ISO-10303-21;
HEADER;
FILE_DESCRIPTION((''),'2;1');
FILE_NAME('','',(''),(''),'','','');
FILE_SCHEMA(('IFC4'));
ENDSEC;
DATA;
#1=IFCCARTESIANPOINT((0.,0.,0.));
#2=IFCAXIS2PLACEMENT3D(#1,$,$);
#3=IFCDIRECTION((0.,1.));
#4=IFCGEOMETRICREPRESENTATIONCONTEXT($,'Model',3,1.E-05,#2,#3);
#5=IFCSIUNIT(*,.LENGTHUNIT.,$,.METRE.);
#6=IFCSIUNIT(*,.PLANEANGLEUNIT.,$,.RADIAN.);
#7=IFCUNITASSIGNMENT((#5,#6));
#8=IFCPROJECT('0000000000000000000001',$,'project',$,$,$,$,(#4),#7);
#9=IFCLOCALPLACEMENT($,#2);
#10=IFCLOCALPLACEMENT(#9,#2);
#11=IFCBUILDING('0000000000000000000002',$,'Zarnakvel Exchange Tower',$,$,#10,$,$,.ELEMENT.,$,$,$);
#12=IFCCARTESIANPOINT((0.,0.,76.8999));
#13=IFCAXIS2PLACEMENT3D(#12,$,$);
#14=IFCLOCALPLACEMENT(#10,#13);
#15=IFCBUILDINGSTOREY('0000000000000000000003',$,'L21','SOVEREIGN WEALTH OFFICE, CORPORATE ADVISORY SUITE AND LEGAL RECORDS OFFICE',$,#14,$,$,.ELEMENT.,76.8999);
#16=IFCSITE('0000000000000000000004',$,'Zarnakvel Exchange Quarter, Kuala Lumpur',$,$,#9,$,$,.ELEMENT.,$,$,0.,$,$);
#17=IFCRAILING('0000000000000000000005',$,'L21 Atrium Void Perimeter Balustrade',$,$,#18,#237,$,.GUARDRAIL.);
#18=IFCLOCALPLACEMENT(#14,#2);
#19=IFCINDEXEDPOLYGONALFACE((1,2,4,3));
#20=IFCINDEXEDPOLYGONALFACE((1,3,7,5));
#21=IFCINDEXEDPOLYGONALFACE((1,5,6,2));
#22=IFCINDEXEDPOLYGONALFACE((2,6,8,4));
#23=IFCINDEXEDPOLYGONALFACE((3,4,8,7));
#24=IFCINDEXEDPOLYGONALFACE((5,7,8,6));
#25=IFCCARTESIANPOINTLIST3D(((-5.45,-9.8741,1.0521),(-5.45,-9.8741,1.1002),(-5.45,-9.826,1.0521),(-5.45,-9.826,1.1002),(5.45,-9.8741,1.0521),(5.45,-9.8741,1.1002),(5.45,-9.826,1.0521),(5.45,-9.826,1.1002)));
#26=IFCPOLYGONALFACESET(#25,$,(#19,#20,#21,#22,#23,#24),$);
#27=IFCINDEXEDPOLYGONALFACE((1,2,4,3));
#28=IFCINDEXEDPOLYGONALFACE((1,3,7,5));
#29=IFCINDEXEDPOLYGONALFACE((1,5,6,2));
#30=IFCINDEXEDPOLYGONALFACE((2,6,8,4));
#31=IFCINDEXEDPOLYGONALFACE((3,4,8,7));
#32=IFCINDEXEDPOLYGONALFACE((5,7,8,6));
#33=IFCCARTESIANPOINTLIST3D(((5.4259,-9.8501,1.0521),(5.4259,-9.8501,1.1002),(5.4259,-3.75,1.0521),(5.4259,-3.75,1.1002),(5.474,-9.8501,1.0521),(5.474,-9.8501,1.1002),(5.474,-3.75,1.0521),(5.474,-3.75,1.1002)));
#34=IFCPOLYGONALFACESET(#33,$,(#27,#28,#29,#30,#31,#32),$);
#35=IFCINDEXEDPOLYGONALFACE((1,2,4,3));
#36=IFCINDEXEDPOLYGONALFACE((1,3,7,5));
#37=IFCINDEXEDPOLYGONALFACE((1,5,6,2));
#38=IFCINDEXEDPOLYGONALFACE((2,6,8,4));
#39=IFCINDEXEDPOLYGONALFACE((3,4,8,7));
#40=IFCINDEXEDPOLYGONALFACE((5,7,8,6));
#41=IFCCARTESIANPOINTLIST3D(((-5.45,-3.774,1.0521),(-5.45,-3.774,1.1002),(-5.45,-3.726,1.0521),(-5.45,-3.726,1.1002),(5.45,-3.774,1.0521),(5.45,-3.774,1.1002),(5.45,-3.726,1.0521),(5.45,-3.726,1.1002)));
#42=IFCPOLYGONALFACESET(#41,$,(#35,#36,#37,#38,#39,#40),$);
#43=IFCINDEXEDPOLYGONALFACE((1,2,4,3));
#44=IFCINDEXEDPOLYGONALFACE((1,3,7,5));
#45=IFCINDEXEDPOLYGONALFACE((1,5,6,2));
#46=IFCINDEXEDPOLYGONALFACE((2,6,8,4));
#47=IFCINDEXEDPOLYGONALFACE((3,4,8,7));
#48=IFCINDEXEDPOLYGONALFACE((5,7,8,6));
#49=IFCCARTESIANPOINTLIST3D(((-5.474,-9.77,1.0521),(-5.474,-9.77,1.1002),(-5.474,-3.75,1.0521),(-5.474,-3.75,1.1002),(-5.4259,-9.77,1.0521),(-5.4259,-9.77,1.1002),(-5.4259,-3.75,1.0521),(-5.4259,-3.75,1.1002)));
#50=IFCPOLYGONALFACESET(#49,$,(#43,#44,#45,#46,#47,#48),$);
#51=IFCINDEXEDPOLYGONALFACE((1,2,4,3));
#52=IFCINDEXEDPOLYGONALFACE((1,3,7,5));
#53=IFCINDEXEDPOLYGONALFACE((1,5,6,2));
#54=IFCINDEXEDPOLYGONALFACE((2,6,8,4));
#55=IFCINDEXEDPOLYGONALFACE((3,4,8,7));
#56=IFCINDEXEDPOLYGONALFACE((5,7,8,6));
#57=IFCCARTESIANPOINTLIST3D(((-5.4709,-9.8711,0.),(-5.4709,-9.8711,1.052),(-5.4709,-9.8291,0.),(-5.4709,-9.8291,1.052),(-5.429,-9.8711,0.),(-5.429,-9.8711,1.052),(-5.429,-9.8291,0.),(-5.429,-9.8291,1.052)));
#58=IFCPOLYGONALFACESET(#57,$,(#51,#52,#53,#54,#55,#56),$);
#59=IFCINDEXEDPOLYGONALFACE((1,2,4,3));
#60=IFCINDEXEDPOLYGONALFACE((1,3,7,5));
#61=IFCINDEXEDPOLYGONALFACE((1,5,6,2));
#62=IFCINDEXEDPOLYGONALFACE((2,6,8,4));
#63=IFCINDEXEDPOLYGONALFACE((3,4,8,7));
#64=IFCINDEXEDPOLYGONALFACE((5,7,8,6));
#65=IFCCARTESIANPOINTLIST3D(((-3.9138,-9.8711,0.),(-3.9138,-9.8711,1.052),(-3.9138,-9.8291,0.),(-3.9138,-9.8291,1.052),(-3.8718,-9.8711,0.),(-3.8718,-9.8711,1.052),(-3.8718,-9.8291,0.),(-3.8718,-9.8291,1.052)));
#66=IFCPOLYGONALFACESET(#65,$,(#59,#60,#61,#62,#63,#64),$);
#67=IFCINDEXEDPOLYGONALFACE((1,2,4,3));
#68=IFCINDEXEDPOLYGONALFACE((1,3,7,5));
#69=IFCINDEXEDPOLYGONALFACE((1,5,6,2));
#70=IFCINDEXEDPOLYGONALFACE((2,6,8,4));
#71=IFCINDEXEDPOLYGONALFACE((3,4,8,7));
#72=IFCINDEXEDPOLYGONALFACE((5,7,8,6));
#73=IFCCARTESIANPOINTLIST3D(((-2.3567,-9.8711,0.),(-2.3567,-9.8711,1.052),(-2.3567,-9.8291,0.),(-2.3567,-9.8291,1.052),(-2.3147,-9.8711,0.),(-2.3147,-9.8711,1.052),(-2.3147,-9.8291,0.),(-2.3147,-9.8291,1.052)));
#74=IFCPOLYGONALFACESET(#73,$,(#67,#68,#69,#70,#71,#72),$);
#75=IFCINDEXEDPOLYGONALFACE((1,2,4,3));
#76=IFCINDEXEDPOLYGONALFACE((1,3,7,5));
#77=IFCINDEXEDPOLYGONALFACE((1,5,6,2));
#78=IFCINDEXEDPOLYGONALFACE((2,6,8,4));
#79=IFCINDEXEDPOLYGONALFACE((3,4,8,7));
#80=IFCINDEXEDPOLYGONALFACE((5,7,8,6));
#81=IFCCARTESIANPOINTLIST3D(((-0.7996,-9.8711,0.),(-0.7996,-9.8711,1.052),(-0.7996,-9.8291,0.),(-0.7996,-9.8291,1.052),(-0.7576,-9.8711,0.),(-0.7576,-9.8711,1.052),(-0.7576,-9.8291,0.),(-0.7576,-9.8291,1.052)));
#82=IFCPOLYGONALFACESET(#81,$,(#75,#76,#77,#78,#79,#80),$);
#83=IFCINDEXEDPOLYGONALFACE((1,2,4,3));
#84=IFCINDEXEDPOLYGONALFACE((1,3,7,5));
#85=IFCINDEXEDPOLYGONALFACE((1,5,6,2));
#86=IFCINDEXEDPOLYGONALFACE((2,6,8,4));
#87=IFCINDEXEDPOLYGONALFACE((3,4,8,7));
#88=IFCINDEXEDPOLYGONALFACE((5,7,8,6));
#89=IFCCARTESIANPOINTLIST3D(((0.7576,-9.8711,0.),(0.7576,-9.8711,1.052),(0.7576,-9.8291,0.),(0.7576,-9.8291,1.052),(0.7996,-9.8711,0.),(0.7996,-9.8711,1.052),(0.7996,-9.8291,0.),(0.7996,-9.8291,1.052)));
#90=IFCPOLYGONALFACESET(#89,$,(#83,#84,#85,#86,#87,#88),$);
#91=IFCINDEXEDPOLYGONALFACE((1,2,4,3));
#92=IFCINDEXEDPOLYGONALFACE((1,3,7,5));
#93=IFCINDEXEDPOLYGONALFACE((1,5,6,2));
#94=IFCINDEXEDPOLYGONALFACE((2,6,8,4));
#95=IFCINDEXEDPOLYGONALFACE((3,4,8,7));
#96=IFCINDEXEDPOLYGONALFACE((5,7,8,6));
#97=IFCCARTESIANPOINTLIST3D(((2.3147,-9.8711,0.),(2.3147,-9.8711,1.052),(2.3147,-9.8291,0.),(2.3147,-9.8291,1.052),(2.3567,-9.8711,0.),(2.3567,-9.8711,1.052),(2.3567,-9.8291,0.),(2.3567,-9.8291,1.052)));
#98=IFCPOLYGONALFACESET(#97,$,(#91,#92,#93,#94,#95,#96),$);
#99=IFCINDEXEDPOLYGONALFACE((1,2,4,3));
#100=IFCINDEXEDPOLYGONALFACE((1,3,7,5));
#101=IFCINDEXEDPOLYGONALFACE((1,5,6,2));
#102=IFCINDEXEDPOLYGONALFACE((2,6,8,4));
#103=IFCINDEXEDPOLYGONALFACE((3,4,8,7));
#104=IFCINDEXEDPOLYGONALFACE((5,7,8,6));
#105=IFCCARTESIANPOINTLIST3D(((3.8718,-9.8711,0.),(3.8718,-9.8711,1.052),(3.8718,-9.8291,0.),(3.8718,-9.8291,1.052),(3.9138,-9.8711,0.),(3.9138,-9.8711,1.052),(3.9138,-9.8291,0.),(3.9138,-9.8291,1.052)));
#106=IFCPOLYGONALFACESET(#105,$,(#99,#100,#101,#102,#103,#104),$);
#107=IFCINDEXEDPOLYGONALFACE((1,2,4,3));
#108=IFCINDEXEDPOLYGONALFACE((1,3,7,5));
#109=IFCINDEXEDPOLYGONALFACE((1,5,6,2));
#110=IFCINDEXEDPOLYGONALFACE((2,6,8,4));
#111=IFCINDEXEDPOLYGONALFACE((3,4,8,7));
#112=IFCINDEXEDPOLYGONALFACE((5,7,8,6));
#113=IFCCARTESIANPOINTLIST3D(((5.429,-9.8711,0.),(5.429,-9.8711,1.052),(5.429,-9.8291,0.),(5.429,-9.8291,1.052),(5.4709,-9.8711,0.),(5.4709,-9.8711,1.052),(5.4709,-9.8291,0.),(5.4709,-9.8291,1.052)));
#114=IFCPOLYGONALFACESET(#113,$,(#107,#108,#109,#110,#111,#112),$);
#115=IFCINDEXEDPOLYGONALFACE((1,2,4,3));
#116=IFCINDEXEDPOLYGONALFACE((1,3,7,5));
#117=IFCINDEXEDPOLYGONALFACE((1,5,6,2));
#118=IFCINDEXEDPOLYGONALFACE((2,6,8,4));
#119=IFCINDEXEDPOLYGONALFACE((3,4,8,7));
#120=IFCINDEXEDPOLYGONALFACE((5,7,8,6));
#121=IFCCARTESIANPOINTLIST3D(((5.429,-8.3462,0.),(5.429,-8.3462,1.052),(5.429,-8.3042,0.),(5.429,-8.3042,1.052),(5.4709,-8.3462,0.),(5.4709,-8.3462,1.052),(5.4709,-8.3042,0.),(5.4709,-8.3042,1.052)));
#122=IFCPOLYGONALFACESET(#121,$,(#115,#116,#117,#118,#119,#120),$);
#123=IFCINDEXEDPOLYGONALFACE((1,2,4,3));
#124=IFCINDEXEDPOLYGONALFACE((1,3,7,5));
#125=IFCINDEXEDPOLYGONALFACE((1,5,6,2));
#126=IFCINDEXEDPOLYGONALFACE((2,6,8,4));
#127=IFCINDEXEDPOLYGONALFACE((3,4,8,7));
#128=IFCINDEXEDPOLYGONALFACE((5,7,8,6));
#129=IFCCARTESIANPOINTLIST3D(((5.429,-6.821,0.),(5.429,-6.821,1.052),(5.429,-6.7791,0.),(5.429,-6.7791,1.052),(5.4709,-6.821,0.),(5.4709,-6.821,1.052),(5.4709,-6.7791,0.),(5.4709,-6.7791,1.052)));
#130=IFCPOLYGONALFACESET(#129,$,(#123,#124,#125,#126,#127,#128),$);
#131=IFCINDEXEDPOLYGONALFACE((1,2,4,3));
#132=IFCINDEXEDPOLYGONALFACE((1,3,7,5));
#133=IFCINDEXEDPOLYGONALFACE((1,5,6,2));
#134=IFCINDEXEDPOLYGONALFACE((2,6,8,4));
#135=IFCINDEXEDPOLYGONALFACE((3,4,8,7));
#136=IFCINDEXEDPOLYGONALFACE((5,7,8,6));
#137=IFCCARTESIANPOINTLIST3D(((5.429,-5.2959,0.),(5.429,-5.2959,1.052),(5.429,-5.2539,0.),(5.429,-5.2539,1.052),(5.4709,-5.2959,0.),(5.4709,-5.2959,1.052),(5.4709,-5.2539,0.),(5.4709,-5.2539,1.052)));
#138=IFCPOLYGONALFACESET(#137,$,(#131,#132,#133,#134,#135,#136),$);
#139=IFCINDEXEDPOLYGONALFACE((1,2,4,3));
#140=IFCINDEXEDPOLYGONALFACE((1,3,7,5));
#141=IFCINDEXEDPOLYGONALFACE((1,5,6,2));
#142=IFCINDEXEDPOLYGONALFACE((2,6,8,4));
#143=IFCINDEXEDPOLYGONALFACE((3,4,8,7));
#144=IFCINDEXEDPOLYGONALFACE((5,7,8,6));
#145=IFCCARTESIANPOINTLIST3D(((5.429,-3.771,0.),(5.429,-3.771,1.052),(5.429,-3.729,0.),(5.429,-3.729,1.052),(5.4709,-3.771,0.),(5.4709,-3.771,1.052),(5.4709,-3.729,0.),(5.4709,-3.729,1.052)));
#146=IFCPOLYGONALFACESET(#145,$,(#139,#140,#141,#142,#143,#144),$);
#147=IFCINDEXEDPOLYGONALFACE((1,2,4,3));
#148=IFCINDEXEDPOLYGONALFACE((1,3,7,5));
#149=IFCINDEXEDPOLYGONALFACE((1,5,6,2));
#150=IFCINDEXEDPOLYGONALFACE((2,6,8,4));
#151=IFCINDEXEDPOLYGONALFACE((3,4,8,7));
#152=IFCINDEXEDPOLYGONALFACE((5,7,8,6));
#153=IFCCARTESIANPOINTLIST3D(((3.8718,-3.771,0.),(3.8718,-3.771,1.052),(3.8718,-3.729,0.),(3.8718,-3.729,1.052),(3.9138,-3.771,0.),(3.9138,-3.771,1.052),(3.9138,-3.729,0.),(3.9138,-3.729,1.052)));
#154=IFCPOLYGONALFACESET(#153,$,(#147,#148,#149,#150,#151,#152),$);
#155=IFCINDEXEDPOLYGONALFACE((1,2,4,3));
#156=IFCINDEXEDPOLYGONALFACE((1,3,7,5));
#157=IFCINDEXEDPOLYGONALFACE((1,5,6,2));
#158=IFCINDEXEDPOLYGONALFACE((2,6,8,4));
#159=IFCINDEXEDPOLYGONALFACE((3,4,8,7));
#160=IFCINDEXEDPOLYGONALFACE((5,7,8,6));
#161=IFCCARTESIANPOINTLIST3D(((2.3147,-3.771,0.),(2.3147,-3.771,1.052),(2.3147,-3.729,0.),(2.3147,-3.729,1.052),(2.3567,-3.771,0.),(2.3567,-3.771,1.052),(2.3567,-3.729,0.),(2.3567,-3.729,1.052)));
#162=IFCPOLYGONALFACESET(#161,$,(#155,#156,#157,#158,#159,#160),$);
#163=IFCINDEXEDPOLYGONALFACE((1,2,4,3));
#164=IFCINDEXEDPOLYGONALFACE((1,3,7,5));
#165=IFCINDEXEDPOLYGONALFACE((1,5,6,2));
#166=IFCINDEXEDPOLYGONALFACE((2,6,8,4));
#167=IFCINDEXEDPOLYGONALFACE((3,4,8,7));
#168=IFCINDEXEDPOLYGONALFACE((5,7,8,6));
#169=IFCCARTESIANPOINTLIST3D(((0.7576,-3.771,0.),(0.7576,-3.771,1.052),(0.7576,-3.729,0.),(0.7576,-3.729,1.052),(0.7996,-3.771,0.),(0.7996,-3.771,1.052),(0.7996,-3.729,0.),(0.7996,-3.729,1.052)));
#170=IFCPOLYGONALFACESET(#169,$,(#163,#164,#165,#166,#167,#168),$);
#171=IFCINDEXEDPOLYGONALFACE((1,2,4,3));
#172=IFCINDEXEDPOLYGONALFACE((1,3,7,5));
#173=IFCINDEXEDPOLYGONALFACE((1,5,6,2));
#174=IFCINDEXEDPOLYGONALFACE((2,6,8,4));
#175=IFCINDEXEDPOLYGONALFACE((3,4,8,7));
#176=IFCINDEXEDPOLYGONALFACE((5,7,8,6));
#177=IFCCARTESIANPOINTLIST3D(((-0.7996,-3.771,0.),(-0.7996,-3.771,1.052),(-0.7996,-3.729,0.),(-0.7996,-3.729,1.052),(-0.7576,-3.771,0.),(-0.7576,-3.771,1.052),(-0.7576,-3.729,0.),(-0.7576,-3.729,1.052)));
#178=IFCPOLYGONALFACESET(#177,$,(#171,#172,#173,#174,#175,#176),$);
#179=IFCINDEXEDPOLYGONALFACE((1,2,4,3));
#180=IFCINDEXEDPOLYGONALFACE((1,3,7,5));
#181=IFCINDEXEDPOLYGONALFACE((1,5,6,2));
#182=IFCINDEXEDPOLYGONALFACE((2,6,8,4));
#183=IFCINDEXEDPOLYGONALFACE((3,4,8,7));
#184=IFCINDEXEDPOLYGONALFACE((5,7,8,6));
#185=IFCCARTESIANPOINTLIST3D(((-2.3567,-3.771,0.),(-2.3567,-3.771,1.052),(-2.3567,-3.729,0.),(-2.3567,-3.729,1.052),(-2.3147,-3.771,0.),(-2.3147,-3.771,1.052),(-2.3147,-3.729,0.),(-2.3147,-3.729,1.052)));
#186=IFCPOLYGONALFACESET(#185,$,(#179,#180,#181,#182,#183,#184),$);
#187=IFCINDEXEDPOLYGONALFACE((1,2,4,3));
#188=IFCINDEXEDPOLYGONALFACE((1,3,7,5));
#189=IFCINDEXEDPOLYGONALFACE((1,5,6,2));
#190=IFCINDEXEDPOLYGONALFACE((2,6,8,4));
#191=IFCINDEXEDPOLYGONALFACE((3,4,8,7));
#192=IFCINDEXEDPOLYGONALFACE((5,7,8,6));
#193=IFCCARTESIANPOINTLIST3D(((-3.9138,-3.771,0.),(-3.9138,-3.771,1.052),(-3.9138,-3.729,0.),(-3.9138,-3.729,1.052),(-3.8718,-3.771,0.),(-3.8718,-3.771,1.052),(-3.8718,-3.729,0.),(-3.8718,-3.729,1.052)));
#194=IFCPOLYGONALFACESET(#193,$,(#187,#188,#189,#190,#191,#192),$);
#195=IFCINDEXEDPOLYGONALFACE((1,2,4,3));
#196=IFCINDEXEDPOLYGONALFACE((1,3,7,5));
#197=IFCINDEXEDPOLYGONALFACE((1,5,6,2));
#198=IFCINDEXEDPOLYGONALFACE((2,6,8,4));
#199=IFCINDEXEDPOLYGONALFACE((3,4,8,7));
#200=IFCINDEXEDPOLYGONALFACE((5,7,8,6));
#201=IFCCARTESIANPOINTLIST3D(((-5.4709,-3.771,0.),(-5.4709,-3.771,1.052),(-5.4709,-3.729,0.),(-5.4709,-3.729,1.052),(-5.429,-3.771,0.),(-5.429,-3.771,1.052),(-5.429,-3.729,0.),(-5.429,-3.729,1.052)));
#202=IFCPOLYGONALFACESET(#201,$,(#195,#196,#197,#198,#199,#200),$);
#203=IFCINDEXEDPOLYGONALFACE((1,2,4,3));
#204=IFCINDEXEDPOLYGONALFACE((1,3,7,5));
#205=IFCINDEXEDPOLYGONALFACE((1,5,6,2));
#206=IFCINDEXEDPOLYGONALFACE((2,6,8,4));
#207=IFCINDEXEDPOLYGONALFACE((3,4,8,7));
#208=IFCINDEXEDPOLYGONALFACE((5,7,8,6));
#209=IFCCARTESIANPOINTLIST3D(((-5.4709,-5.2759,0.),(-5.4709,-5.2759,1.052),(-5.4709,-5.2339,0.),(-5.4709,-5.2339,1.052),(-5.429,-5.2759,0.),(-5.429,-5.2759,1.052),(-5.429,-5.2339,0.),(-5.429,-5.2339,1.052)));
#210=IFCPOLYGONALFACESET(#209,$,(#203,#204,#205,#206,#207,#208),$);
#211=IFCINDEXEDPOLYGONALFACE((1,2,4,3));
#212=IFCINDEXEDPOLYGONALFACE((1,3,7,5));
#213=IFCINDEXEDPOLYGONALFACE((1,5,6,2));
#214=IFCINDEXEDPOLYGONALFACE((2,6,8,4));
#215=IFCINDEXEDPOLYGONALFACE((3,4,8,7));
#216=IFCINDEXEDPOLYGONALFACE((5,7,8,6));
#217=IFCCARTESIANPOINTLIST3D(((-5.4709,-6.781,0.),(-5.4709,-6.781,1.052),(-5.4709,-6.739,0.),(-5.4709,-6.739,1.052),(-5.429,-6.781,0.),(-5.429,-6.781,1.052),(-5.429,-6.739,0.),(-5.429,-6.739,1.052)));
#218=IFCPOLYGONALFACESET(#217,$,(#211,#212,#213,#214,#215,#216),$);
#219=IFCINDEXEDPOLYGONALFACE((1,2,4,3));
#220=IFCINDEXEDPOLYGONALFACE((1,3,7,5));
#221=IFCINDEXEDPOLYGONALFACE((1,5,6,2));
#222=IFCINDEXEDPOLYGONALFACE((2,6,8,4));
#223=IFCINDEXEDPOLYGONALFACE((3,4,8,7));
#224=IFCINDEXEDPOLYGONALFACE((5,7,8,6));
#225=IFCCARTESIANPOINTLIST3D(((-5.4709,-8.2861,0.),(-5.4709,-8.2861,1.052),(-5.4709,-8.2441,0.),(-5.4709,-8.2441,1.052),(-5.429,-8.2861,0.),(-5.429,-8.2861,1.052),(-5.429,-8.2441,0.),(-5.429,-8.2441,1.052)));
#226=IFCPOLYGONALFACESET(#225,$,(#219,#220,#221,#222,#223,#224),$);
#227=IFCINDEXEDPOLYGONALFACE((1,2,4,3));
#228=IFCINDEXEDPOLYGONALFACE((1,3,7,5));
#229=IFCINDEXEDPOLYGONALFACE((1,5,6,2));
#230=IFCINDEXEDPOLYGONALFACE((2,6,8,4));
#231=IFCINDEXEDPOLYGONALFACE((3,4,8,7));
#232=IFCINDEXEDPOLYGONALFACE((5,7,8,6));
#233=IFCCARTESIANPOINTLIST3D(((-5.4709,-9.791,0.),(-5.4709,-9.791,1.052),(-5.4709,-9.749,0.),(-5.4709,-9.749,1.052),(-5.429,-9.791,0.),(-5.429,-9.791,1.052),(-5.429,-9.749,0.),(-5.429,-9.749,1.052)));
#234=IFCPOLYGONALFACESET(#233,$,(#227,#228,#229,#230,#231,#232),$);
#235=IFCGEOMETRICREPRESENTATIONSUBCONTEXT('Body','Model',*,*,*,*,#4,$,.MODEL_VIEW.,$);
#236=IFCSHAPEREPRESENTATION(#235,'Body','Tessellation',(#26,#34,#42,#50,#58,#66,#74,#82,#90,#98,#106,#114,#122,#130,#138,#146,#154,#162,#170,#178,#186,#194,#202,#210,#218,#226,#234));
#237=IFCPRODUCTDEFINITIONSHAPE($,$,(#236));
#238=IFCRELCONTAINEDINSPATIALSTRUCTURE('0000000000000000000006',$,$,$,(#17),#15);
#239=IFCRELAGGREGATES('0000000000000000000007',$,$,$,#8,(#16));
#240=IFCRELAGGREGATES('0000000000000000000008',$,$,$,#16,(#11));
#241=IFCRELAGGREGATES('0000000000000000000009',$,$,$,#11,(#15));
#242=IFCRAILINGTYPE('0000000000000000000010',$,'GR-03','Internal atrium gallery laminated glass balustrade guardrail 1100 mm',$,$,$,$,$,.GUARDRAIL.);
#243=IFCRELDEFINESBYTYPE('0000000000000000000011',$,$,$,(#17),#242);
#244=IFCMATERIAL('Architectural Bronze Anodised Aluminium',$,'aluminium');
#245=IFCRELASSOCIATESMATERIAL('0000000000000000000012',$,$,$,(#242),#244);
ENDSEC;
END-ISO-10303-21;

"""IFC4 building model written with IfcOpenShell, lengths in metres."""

from ifc_helpers import new_model, si_unit, direction, frame, origin, origin_2d, place, context, subcontext, project, spatial, rectangle, extrude, material, type_object, element, save


model = new_model("IFC4")

# Units and contexts
model_context = context("Model", 3, precision=1e-05, world=origin(), true_north=direction((0.0, 1.0)))
body_context = subcontext(model_context, "Body", "Model", "MODEL_VIEW")
ifc_project = project(units=[si_unit("LENGTHUNIT", "METRE"), si_unit("PLANEANGLEUNIT", "RADIAN")], contexts=[model_context])

# Site, building, storey
site_placement = place(None, origin())
site = spatial("IfcSite", under=ifc_project, at=site_placement, Name="Zarnakvel Exchange Quarter, Kuala Lumpur", CompositionType="ELEMENT", RefElevation=0.0)
building_placement = place(site_placement, origin())
building = spatial("IfcBuilding", under=site, at=building_placement, Name="Zarnakvel Exchange Tower", CompositionType="ELEMENT")
storey_placement = place(building_placement, frame((0.0, 0.0, 76.8999)))
storey = spatial("IfcBuildingStorey", under=building, at=storey_placement, Name="L21", Description="SOVEREIGN WEALTH OFFICE, CORPORATE ADVISORY SUITE AND LEGAL RECORDS OFFICE", CompositionType="ELEMENT", Elevation=76.8999)

# Shared definitions
ifc_material_1 = material(Name="Architectural Bronze Anodised Aluminium", Category="aluminium")

# Railing
railing_type_1 = type_object("IfcRailingType", Name="GR-03", Description="Internal atrium gallery laminated glass balustrade guardrail 1100 mm", PredefinedType="GUARDRAIL", material=ifc_material_1)
railing_1_placement = place(storey_placement, frame((-5.45, -9.8501, 0.0)))
element("IfcRailing", 1, at=railing_1_placement, inside=storey, type_object=railing_type_1, Name="L21 Atrium Void Perimeter Balustrade", PredefinedType="GUARDRAIL", context=body_context, shape_type="SweptSolid", body=[
    extrude(rectangle(XDim=0.0481, YDim=0.0481, at=origin_2d()), frame((0.0, 0.0, 1.0762), z_axis=(1.0, 0.0, 0.0), x_axis=(0.0, 1.0, 0.0)), (0.0, 0.0, 1.0), 10.8999),
    extrude(rectangle(XDim=0.0481, YDim=0.0481, at=origin_2d()), frame((10.8999, 0.0, 1.0762), z_axis=(0.0, 1.0, 0.0), x_axis=(-1.0, 0.0, 0.0)), (0.0, 0.0, 1.0), 6.1001),
    extrude(rectangle(XDim=0.0481, YDim=0.0481, at=origin_2d()), frame((10.8999, 6.1001, 1.0762), z_axis=(-1.0, 0.0, 0.0), x_axis=(0.0, -1.0, 0.0)), (0.0, 0.0, 1.0), 10.8999),
    extrude(rectangle(XDim=0.0481, YDim=0.0481, at=origin_2d()), frame((0.0, 6.1001, 1.0762), z_axis=(0.0, -1.0, 0.0), x_axis=(1.0, 0.0, 0.0)), (0.0, 0.0, 1.0), 6.02),
    extrude(rectangle(XDim=0.042, YDim=0.042, at=origin_2d()), origin(), (0.0, 0.0, 1.0), 1.052),
    extrude(rectangle(XDim=0.042, YDim=0.042, at=origin_2d()), frame((1.5571, 0.0, 0.0)), (0.0, 0.0, 1.0), 1.052),
    extrude(rectangle(XDim=0.042, YDim=0.042, at=origin_2d()), frame((3.1143, 0.0, 0.0)), (0.0, 0.0, 1.0), 1.052),
    extrude(rectangle(XDim=0.042, YDim=0.042, at=origin_2d()), frame((4.6714, 0.0, 0.0)), (0.0, 0.0, 1.0), 1.052),
    extrude(rectangle(XDim=0.042, YDim=0.042, at=origin_2d()), frame((6.2285, 0.0, 0.0)), (0.0, 0.0, 1.0), 1.052),
    extrude(rectangle(XDim=0.042, YDim=0.042, at=origin_2d()), frame((7.7856, 0.0, 0.0)), (0.0, 0.0, 1.0), 1.052),
    extrude(rectangle(XDim=0.042, YDim=0.042, at=origin_2d()), frame((9.3428, 0.0, 0.0)), (0.0, 0.0, 1.0), 1.052),
    extrude(rectangle(XDim=0.042, YDim=0.042, at=origin_2d()), frame((10.8999, 0.0, 0.0)), (0.0, 0.0, 1.0), 1.052),
    extrude(rectangle(XDim=0.042, YDim=0.042, at=origin_2d()), frame((10.8999, 1.5249, 0.0)), (0.0, 0.0, 1.0), 1.052),
    extrude(rectangle(XDim=0.042, YDim=0.042, at=origin_2d()), frame((10.8999, 3.05, 0.0)), (0.0, 0.0, 1.0), 1.052),
    extrude(rectangle(XDim=0.042, YDim=0.042, at=origin_2d()), frame((10.8999, 4.5752, 0.0)), (0.0, 0.0, 1.0), 1.052),
    extrude(rectangle(XDim=0.042, YDim=0.042, at=origin_2d()), frame((10.8999, 6.1001, 0.0)), (0.0, 0.0, 1.0), 1.052),
    extrude(rectangle(XDim=0.042, YDim=0.042, at=origin_2d()), frame((9.3428, 6.1001, 0.0)), (0.0, 0.0, 1.0), 1.052),
    extrude(rectangle(XDim=0.042, YDim=0.042, at=origin_2d()), frame((7.7856, 6.1001, 0.0)), (0.0, 0.0, 1.0), 1.052),
    extrude(rectangle(XDim=0.042, YDim=0.042, at=origin_2d()), frame((6.2285, 6.1001, 0.0)), (0.0, 0.0, 1.0), 1.052),
    extrude(rectangle(XDim=0.042, YDim=0.042, at=origin_2d()), frame((4.6714, 6.1001, 0.0)), (0.0, 0.0, 1.0), 1.052),
    extrude(rectangle(XDim=0.042, YDim=0.042, at=origin_2d()), frame((3.1143, 6.1001, 0.0)), (0.0, 0.0, 1.0), 1.052),
    extrude(rectangle(XDim=0.042, YDim=0.042, at=origin_2d()), frame((1.5571, 6.1001, 0.0)), (0.0, 0.0, 1.0), 1.052),
    extrude(rectangle(XDim=0.042, YDim=0.042, at=origin_2d()), frame((0.0, 6.1001, 0.0)), (0.0, 0.0, 1.0), 1.052),
    extrude(rectangle(XDim=0.042, YDim=0.042, at=origin_2d()), frame((0.0, 4.5952, 0.0)), (0.0, 0.0, 1.0), 1.052),
    extrude(rectangle(XDim=0.042, YDim=0.042, at=origin_2d()), frame((0.0, 3.0901, 0.0)), (0.0, 0.0, 1.0), 1.052),
    extrude(rectangle(XDim=0.042, YDim=0.042, at=origin_2d()), frame((0.0, 1.585, 0.0)), (0.0, 0.0, 1.0), 1.052),
    extrude(rectangle(XDim=0.042, YDim=0.042, at=origin_2d()), frame((0.0, 0.0801, 0.0)), (0.0, 0.0, 1.0), 1.052),
])

save(model, "model.ifc")
